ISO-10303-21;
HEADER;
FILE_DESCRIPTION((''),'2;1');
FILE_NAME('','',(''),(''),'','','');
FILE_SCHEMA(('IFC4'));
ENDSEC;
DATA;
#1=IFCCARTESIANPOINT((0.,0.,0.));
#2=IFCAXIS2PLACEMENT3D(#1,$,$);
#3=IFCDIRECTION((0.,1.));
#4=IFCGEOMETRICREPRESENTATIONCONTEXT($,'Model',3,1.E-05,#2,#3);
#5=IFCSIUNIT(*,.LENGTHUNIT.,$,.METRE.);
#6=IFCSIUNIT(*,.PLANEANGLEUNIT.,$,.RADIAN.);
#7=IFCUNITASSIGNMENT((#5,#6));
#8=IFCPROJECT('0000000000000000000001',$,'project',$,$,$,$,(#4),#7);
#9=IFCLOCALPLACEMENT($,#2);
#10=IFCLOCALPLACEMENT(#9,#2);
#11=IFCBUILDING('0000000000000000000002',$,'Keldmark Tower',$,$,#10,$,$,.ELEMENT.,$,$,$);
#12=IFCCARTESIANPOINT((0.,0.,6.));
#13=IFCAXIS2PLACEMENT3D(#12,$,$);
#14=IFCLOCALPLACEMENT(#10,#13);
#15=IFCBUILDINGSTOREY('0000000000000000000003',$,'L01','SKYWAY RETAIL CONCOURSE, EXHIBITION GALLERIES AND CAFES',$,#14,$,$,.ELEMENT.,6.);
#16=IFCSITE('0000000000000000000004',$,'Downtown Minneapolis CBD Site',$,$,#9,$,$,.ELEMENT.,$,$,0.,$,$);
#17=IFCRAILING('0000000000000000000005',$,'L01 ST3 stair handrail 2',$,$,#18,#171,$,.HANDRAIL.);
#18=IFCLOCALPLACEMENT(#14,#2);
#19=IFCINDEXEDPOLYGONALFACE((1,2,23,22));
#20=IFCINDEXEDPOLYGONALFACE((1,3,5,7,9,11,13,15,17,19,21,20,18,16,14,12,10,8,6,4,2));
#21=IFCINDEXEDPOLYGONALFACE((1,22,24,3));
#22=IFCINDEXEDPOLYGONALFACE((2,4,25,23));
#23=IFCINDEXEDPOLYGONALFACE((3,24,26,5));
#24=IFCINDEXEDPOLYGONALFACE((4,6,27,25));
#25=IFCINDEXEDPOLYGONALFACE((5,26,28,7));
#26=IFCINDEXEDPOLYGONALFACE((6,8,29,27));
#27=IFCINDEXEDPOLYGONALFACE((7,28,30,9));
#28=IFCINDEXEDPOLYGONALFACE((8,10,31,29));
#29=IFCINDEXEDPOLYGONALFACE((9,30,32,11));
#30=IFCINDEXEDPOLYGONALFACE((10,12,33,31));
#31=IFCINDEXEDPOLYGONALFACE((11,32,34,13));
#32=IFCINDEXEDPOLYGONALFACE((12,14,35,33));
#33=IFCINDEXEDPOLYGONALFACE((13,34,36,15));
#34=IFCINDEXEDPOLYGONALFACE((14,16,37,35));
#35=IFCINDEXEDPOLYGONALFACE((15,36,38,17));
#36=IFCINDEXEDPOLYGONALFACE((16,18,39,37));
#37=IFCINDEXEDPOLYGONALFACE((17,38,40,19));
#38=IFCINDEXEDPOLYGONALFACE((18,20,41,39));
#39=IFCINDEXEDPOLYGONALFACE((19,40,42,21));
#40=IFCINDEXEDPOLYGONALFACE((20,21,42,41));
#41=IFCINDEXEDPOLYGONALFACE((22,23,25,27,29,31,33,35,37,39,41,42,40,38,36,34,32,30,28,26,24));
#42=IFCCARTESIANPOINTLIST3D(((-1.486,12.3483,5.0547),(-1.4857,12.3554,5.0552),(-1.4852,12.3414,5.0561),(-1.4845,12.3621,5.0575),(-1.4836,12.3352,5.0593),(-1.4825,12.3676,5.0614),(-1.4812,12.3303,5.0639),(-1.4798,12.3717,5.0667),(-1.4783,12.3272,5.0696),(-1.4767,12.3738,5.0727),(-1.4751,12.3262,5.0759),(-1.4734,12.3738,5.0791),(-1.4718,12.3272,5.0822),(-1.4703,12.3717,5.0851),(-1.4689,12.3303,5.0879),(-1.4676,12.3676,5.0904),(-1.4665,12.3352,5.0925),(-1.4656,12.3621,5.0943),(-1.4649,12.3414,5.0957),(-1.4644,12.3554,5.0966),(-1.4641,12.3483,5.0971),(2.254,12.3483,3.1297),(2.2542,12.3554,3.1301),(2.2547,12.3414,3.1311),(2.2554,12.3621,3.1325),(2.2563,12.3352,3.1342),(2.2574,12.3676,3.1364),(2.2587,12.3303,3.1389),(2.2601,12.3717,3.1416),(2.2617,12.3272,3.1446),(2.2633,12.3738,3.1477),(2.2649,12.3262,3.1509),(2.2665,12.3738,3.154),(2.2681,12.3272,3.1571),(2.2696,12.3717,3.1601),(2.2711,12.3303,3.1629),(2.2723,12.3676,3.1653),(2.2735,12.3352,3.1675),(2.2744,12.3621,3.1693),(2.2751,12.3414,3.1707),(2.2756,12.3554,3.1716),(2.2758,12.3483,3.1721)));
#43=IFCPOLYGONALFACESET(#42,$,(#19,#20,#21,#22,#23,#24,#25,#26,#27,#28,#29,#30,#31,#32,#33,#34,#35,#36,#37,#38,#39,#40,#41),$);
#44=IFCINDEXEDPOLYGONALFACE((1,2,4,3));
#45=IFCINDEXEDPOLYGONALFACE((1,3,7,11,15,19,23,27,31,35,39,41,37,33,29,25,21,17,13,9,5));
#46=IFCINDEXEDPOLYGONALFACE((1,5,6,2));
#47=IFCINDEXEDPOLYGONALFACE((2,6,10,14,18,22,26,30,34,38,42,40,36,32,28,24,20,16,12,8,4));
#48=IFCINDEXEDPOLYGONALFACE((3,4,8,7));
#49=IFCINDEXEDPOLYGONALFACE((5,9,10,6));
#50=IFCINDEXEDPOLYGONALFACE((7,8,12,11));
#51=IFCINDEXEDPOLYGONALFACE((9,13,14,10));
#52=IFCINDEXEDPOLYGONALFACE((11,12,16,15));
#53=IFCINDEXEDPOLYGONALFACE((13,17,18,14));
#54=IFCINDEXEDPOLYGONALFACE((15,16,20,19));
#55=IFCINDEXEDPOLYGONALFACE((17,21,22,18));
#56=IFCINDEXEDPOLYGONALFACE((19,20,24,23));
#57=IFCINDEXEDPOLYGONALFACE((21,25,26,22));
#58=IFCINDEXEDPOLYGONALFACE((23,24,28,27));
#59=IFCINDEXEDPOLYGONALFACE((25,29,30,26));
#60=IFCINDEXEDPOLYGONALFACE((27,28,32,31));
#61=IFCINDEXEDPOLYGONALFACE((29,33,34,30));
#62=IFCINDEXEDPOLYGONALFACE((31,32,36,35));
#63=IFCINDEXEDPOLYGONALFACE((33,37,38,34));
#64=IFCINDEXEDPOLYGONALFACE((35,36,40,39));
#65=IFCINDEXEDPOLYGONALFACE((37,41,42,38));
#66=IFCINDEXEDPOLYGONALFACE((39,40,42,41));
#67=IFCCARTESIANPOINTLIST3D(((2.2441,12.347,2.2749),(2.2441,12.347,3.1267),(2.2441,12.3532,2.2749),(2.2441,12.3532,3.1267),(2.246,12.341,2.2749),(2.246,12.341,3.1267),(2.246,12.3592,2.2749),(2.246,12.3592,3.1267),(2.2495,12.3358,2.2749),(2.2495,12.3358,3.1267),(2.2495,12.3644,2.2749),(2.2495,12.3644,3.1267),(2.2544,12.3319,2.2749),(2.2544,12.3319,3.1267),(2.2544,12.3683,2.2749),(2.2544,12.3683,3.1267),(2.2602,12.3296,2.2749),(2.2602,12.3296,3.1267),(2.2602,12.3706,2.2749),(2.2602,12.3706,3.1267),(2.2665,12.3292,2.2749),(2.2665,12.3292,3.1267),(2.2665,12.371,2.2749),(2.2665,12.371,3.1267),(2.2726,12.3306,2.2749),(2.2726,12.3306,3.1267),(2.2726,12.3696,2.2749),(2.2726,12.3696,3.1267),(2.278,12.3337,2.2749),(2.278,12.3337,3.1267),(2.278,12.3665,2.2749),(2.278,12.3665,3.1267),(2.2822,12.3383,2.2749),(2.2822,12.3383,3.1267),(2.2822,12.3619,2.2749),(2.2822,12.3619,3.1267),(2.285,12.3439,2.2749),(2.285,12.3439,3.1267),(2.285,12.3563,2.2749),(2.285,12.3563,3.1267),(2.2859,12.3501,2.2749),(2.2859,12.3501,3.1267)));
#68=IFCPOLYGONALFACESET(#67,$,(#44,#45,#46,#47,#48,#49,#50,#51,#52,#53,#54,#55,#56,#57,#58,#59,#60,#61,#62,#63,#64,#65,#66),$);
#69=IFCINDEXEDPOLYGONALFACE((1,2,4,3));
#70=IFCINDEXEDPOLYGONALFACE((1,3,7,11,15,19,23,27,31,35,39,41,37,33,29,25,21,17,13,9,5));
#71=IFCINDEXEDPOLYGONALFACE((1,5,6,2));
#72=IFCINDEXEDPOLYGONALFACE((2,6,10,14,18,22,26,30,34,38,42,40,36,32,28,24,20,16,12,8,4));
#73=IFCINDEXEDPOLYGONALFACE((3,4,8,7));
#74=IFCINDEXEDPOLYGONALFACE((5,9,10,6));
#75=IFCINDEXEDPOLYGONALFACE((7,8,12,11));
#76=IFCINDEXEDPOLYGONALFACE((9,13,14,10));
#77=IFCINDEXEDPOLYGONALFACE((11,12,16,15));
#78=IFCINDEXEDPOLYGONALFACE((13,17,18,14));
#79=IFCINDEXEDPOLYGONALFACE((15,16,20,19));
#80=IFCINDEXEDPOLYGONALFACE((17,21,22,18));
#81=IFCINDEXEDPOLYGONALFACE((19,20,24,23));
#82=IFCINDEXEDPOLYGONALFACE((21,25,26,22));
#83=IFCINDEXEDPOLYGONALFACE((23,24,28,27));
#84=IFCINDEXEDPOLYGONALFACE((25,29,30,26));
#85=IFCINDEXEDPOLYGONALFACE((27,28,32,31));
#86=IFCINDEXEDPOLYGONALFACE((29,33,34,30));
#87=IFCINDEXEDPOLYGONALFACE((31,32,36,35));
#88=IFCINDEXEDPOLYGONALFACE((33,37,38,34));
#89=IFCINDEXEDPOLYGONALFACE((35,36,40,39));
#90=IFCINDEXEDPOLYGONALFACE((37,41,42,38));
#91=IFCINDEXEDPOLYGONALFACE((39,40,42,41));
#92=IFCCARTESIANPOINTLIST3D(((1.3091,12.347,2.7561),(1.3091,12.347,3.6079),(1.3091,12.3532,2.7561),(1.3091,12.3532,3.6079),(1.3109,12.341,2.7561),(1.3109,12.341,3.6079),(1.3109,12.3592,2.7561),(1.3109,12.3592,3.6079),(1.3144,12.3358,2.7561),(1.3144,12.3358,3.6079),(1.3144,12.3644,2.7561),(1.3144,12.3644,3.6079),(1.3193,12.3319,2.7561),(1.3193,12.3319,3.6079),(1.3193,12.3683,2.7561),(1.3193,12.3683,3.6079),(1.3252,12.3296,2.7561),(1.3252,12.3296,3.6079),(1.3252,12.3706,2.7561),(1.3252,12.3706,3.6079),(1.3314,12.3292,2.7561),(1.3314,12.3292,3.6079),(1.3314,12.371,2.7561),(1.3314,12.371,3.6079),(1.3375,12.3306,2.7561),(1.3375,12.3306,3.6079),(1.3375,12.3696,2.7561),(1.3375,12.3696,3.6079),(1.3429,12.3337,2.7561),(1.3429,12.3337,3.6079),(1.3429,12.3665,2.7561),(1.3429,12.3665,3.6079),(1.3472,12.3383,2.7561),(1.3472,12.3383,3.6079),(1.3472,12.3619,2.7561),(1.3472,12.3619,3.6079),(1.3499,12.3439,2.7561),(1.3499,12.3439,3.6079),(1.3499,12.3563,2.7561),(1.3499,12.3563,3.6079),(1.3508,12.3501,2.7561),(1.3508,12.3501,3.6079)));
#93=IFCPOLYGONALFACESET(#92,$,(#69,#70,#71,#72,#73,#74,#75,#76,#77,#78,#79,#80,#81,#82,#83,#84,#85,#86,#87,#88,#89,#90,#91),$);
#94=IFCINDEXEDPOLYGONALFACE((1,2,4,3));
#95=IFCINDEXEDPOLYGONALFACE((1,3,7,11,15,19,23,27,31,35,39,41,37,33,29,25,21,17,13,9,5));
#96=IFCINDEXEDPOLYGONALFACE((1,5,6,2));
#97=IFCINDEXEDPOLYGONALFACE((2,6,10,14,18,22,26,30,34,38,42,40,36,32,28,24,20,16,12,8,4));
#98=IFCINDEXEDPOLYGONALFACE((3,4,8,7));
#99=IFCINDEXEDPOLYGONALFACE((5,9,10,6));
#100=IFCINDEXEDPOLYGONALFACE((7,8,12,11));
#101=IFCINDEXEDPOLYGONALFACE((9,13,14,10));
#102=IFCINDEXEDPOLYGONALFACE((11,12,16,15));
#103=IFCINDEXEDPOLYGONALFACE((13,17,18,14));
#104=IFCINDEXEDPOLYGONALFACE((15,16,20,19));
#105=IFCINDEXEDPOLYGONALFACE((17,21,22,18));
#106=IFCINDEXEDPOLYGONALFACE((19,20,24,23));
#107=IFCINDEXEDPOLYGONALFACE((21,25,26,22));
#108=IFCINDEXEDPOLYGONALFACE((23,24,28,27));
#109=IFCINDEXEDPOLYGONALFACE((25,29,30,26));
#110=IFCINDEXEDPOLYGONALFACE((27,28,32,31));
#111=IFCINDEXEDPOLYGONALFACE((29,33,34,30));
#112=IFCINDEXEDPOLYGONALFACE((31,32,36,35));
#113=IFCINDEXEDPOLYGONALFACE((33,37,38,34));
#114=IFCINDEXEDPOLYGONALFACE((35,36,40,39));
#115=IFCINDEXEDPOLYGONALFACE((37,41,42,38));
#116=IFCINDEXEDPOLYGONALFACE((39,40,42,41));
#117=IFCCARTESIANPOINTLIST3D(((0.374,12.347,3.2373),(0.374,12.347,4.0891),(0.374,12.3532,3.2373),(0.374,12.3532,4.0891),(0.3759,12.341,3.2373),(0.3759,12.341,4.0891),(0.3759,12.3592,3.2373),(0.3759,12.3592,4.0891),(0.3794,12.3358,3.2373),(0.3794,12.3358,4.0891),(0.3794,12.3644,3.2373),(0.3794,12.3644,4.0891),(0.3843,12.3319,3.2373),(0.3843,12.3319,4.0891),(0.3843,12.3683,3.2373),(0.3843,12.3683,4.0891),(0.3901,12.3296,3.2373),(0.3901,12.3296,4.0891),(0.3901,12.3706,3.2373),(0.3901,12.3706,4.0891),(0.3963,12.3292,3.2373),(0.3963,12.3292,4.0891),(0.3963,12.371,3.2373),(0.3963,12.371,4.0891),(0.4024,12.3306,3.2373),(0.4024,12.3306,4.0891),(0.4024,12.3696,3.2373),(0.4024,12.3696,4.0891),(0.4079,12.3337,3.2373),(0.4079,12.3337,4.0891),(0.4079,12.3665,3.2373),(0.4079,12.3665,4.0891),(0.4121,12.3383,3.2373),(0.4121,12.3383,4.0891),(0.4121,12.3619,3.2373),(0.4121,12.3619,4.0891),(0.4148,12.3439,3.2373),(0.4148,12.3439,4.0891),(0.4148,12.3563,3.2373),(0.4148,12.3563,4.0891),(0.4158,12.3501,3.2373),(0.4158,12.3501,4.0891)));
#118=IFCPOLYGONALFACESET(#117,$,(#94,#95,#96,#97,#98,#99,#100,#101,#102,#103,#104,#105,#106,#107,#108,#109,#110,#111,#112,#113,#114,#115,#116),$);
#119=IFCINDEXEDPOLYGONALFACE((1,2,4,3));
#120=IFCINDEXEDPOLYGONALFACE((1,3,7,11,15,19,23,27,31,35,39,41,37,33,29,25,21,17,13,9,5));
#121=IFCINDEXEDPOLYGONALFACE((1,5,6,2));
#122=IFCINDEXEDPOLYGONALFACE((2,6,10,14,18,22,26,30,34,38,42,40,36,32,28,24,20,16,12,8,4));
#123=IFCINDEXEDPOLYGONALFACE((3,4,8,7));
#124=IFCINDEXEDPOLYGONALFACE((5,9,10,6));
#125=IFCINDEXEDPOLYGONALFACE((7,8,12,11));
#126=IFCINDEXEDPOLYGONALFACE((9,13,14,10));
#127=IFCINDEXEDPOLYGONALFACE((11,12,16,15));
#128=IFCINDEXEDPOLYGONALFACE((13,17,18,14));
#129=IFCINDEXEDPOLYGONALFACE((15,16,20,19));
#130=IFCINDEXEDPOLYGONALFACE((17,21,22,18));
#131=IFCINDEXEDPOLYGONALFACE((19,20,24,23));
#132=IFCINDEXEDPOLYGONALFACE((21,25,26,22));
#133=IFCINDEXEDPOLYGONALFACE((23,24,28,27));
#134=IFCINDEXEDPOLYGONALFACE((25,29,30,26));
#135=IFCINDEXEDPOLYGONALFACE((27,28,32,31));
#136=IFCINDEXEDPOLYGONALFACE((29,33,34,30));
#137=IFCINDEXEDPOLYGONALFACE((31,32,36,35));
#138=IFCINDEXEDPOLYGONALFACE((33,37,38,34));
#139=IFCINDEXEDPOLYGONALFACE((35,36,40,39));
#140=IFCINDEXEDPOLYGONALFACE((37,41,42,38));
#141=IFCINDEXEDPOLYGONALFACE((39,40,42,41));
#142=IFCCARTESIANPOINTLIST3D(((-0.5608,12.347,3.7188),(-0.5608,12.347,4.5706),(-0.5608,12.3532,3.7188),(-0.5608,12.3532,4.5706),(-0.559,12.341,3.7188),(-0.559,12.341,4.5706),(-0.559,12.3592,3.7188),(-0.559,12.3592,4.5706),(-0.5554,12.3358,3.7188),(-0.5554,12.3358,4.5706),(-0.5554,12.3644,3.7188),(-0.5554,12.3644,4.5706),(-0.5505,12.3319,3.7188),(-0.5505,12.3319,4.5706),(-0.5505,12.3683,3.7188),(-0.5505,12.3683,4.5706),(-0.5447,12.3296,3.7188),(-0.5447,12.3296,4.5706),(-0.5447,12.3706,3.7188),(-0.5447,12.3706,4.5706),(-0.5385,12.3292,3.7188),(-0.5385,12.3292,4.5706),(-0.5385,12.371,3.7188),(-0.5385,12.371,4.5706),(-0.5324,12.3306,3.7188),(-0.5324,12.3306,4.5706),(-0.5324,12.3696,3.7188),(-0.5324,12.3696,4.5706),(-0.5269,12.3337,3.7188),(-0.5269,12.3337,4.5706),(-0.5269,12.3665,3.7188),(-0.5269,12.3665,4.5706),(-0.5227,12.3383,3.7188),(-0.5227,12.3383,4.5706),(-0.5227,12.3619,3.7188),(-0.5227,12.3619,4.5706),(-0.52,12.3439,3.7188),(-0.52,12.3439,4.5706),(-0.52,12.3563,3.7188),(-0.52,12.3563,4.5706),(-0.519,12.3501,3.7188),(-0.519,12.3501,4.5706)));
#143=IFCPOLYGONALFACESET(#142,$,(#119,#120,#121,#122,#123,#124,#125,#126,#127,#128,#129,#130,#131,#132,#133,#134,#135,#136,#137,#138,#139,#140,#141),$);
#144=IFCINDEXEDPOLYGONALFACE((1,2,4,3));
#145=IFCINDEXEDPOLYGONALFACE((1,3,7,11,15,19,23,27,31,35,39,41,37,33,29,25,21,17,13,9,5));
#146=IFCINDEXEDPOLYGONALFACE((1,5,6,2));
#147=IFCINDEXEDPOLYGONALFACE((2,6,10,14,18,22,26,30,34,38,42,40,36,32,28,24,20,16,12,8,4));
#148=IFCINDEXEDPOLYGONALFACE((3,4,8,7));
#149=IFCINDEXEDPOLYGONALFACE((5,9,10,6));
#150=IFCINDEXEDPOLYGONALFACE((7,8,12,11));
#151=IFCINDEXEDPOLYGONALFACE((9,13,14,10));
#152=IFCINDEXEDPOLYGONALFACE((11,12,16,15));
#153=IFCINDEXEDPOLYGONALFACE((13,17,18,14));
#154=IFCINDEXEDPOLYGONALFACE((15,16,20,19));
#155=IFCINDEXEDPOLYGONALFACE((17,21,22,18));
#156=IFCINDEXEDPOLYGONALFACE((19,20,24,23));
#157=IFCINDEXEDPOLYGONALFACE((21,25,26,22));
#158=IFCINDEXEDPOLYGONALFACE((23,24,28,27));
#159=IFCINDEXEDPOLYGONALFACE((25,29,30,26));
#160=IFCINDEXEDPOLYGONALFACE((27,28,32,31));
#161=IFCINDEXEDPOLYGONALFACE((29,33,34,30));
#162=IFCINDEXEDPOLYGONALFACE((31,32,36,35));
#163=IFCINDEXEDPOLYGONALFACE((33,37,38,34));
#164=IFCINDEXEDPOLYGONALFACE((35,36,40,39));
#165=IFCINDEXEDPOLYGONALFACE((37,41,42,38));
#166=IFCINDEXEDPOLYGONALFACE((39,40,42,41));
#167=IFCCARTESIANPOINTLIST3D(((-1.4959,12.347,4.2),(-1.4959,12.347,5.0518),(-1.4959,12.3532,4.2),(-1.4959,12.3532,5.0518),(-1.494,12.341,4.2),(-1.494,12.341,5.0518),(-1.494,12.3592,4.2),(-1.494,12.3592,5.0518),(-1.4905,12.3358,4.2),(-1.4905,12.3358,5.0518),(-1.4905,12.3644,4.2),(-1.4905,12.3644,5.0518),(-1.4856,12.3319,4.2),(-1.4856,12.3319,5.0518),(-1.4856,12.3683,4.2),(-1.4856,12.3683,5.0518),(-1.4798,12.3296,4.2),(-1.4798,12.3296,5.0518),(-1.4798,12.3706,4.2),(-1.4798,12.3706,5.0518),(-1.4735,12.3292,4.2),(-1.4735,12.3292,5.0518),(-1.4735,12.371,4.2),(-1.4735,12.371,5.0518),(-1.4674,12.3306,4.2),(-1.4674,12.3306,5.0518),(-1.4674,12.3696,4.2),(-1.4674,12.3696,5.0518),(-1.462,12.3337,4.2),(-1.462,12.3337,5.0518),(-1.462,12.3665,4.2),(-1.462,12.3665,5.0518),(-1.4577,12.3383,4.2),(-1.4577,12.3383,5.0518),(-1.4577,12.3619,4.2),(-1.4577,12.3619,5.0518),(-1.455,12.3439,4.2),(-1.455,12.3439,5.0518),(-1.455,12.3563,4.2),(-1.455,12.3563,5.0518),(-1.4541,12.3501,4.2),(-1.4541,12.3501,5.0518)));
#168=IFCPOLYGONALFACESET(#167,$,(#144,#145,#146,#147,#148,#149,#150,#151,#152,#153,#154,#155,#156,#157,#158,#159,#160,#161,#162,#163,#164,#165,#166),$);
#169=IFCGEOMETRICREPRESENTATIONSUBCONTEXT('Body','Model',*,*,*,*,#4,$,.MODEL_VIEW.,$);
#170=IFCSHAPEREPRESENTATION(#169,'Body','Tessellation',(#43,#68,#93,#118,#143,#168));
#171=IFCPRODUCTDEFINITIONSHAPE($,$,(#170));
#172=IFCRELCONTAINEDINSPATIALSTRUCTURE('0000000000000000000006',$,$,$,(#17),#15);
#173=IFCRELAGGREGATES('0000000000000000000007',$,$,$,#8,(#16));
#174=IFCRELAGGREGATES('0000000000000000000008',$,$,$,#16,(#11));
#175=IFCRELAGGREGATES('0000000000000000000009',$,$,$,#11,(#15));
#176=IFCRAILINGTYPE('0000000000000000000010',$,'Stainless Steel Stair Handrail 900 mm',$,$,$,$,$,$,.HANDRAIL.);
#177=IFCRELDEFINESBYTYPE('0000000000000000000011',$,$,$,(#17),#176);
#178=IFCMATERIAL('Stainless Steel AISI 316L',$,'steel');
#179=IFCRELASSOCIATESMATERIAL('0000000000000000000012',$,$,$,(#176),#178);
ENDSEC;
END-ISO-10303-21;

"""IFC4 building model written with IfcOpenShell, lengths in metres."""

from ifc_helpers import new_model, si_unit, direction, frame, origin, origin_2d, place, context, subcontext, project, spatial, circle, extrude, material, type_object, element, save


model = new_model("IFC4")

# Units and contexts
model_context = context("Model", 3, precision=1e-05, world=origin(), true_north=direction((0.0, 1.0)))
body_context = subcontext(model_context, "Body", "Model", "MODEL_VIEW")
ifc_project = project(units=[si_unit("LENGTHUNIT", "METRE"), si_unit("PLANEANGLEUNIT", "RADIAN")], contexts=[model_context])

# Site, building, storey
site_placement = place(None, origin())
site = spatial("IfcSite", under=ifc_project, at=site_placement, Name="Downtown Minneapolis CBD Site", CompositionType="ELEMENT", RefElevation=0.0)
building_placement = place(site_placement, origin())
building = spatial("IfcBuilding", under=site, at=building_placement, Name="Keldmark Tower", CompositionType="ELEMENT")
storey_placement = place(building_placement, frame((0.0, 0.0, 6.0)))
storey = spatial("IfcBuildingStorey", under=building, at=storey_placement, Name="L01", Description="SKYWAY RETAIL CONCOURSE, EXHIBITION GALLERIES AND CAFES", CompositionType="ELEMENT", Elevation=6.0)

# Railing
ifc_material_1 = material(Name="Stainless Steel AISI 316L", Category="steel")
railing_type_1 = type_object("IfcRailingType", Name="Stainless Steel Stair Handrail 900 mm", PredefinedType="HANDRAIL", material=ifc_material_1)
railing_1_placement = place(storey_placement, frame((2.2649, 12.3501, 2.2749)))
element("IfcRailing", 1, at=railing_1_placement, inside=storey, type_object=railing_type_1, Name="L01 ST3 stair handrail 2", PredefinedType="HANDRAIL", context=body_context, shape_type="SweptSolid", body=[
    extrude(circle(Radius=0.0239, at=origin_2d()), frame((0.0, 0.0, 0.876), z_axis=(-0.889131, 0.0, 0.457654), x_axis=(0.0, -1.0, 0.0)), (0.0, 0.0, 1.0), 4.2063),
    extrude(circle(Radius=0.021, at=origin_2d()), origin(), (0.0, 0.0, 1.0), 0.8518),
    extrude(circle(Radius=0.021, at=origin_2d()), frame((-0.9351, 0.0, 0.4812)), (0.0, 0.0, 1.0), 0.8518),
    extrude(circle(Radius=0.021, at=origin_2d()), frame((-1.8701, 0.0, 0.9624)), (0.0, 0.0, 1.0), 0.8518),
    extrude(circle(Radius=0.021, at=origin_2d()), frame((-2.8049, 0.0, 1.4438)), (0.0, 0.0, 1.0), 0.8518),
    extrude(circle(Radius=0.021, at=origin_2d()), frame((-3.74, 0.0, 1.925)), (0.0, 0.0, 1.0), 0.8518),
])

save(model, "model.ifc")
